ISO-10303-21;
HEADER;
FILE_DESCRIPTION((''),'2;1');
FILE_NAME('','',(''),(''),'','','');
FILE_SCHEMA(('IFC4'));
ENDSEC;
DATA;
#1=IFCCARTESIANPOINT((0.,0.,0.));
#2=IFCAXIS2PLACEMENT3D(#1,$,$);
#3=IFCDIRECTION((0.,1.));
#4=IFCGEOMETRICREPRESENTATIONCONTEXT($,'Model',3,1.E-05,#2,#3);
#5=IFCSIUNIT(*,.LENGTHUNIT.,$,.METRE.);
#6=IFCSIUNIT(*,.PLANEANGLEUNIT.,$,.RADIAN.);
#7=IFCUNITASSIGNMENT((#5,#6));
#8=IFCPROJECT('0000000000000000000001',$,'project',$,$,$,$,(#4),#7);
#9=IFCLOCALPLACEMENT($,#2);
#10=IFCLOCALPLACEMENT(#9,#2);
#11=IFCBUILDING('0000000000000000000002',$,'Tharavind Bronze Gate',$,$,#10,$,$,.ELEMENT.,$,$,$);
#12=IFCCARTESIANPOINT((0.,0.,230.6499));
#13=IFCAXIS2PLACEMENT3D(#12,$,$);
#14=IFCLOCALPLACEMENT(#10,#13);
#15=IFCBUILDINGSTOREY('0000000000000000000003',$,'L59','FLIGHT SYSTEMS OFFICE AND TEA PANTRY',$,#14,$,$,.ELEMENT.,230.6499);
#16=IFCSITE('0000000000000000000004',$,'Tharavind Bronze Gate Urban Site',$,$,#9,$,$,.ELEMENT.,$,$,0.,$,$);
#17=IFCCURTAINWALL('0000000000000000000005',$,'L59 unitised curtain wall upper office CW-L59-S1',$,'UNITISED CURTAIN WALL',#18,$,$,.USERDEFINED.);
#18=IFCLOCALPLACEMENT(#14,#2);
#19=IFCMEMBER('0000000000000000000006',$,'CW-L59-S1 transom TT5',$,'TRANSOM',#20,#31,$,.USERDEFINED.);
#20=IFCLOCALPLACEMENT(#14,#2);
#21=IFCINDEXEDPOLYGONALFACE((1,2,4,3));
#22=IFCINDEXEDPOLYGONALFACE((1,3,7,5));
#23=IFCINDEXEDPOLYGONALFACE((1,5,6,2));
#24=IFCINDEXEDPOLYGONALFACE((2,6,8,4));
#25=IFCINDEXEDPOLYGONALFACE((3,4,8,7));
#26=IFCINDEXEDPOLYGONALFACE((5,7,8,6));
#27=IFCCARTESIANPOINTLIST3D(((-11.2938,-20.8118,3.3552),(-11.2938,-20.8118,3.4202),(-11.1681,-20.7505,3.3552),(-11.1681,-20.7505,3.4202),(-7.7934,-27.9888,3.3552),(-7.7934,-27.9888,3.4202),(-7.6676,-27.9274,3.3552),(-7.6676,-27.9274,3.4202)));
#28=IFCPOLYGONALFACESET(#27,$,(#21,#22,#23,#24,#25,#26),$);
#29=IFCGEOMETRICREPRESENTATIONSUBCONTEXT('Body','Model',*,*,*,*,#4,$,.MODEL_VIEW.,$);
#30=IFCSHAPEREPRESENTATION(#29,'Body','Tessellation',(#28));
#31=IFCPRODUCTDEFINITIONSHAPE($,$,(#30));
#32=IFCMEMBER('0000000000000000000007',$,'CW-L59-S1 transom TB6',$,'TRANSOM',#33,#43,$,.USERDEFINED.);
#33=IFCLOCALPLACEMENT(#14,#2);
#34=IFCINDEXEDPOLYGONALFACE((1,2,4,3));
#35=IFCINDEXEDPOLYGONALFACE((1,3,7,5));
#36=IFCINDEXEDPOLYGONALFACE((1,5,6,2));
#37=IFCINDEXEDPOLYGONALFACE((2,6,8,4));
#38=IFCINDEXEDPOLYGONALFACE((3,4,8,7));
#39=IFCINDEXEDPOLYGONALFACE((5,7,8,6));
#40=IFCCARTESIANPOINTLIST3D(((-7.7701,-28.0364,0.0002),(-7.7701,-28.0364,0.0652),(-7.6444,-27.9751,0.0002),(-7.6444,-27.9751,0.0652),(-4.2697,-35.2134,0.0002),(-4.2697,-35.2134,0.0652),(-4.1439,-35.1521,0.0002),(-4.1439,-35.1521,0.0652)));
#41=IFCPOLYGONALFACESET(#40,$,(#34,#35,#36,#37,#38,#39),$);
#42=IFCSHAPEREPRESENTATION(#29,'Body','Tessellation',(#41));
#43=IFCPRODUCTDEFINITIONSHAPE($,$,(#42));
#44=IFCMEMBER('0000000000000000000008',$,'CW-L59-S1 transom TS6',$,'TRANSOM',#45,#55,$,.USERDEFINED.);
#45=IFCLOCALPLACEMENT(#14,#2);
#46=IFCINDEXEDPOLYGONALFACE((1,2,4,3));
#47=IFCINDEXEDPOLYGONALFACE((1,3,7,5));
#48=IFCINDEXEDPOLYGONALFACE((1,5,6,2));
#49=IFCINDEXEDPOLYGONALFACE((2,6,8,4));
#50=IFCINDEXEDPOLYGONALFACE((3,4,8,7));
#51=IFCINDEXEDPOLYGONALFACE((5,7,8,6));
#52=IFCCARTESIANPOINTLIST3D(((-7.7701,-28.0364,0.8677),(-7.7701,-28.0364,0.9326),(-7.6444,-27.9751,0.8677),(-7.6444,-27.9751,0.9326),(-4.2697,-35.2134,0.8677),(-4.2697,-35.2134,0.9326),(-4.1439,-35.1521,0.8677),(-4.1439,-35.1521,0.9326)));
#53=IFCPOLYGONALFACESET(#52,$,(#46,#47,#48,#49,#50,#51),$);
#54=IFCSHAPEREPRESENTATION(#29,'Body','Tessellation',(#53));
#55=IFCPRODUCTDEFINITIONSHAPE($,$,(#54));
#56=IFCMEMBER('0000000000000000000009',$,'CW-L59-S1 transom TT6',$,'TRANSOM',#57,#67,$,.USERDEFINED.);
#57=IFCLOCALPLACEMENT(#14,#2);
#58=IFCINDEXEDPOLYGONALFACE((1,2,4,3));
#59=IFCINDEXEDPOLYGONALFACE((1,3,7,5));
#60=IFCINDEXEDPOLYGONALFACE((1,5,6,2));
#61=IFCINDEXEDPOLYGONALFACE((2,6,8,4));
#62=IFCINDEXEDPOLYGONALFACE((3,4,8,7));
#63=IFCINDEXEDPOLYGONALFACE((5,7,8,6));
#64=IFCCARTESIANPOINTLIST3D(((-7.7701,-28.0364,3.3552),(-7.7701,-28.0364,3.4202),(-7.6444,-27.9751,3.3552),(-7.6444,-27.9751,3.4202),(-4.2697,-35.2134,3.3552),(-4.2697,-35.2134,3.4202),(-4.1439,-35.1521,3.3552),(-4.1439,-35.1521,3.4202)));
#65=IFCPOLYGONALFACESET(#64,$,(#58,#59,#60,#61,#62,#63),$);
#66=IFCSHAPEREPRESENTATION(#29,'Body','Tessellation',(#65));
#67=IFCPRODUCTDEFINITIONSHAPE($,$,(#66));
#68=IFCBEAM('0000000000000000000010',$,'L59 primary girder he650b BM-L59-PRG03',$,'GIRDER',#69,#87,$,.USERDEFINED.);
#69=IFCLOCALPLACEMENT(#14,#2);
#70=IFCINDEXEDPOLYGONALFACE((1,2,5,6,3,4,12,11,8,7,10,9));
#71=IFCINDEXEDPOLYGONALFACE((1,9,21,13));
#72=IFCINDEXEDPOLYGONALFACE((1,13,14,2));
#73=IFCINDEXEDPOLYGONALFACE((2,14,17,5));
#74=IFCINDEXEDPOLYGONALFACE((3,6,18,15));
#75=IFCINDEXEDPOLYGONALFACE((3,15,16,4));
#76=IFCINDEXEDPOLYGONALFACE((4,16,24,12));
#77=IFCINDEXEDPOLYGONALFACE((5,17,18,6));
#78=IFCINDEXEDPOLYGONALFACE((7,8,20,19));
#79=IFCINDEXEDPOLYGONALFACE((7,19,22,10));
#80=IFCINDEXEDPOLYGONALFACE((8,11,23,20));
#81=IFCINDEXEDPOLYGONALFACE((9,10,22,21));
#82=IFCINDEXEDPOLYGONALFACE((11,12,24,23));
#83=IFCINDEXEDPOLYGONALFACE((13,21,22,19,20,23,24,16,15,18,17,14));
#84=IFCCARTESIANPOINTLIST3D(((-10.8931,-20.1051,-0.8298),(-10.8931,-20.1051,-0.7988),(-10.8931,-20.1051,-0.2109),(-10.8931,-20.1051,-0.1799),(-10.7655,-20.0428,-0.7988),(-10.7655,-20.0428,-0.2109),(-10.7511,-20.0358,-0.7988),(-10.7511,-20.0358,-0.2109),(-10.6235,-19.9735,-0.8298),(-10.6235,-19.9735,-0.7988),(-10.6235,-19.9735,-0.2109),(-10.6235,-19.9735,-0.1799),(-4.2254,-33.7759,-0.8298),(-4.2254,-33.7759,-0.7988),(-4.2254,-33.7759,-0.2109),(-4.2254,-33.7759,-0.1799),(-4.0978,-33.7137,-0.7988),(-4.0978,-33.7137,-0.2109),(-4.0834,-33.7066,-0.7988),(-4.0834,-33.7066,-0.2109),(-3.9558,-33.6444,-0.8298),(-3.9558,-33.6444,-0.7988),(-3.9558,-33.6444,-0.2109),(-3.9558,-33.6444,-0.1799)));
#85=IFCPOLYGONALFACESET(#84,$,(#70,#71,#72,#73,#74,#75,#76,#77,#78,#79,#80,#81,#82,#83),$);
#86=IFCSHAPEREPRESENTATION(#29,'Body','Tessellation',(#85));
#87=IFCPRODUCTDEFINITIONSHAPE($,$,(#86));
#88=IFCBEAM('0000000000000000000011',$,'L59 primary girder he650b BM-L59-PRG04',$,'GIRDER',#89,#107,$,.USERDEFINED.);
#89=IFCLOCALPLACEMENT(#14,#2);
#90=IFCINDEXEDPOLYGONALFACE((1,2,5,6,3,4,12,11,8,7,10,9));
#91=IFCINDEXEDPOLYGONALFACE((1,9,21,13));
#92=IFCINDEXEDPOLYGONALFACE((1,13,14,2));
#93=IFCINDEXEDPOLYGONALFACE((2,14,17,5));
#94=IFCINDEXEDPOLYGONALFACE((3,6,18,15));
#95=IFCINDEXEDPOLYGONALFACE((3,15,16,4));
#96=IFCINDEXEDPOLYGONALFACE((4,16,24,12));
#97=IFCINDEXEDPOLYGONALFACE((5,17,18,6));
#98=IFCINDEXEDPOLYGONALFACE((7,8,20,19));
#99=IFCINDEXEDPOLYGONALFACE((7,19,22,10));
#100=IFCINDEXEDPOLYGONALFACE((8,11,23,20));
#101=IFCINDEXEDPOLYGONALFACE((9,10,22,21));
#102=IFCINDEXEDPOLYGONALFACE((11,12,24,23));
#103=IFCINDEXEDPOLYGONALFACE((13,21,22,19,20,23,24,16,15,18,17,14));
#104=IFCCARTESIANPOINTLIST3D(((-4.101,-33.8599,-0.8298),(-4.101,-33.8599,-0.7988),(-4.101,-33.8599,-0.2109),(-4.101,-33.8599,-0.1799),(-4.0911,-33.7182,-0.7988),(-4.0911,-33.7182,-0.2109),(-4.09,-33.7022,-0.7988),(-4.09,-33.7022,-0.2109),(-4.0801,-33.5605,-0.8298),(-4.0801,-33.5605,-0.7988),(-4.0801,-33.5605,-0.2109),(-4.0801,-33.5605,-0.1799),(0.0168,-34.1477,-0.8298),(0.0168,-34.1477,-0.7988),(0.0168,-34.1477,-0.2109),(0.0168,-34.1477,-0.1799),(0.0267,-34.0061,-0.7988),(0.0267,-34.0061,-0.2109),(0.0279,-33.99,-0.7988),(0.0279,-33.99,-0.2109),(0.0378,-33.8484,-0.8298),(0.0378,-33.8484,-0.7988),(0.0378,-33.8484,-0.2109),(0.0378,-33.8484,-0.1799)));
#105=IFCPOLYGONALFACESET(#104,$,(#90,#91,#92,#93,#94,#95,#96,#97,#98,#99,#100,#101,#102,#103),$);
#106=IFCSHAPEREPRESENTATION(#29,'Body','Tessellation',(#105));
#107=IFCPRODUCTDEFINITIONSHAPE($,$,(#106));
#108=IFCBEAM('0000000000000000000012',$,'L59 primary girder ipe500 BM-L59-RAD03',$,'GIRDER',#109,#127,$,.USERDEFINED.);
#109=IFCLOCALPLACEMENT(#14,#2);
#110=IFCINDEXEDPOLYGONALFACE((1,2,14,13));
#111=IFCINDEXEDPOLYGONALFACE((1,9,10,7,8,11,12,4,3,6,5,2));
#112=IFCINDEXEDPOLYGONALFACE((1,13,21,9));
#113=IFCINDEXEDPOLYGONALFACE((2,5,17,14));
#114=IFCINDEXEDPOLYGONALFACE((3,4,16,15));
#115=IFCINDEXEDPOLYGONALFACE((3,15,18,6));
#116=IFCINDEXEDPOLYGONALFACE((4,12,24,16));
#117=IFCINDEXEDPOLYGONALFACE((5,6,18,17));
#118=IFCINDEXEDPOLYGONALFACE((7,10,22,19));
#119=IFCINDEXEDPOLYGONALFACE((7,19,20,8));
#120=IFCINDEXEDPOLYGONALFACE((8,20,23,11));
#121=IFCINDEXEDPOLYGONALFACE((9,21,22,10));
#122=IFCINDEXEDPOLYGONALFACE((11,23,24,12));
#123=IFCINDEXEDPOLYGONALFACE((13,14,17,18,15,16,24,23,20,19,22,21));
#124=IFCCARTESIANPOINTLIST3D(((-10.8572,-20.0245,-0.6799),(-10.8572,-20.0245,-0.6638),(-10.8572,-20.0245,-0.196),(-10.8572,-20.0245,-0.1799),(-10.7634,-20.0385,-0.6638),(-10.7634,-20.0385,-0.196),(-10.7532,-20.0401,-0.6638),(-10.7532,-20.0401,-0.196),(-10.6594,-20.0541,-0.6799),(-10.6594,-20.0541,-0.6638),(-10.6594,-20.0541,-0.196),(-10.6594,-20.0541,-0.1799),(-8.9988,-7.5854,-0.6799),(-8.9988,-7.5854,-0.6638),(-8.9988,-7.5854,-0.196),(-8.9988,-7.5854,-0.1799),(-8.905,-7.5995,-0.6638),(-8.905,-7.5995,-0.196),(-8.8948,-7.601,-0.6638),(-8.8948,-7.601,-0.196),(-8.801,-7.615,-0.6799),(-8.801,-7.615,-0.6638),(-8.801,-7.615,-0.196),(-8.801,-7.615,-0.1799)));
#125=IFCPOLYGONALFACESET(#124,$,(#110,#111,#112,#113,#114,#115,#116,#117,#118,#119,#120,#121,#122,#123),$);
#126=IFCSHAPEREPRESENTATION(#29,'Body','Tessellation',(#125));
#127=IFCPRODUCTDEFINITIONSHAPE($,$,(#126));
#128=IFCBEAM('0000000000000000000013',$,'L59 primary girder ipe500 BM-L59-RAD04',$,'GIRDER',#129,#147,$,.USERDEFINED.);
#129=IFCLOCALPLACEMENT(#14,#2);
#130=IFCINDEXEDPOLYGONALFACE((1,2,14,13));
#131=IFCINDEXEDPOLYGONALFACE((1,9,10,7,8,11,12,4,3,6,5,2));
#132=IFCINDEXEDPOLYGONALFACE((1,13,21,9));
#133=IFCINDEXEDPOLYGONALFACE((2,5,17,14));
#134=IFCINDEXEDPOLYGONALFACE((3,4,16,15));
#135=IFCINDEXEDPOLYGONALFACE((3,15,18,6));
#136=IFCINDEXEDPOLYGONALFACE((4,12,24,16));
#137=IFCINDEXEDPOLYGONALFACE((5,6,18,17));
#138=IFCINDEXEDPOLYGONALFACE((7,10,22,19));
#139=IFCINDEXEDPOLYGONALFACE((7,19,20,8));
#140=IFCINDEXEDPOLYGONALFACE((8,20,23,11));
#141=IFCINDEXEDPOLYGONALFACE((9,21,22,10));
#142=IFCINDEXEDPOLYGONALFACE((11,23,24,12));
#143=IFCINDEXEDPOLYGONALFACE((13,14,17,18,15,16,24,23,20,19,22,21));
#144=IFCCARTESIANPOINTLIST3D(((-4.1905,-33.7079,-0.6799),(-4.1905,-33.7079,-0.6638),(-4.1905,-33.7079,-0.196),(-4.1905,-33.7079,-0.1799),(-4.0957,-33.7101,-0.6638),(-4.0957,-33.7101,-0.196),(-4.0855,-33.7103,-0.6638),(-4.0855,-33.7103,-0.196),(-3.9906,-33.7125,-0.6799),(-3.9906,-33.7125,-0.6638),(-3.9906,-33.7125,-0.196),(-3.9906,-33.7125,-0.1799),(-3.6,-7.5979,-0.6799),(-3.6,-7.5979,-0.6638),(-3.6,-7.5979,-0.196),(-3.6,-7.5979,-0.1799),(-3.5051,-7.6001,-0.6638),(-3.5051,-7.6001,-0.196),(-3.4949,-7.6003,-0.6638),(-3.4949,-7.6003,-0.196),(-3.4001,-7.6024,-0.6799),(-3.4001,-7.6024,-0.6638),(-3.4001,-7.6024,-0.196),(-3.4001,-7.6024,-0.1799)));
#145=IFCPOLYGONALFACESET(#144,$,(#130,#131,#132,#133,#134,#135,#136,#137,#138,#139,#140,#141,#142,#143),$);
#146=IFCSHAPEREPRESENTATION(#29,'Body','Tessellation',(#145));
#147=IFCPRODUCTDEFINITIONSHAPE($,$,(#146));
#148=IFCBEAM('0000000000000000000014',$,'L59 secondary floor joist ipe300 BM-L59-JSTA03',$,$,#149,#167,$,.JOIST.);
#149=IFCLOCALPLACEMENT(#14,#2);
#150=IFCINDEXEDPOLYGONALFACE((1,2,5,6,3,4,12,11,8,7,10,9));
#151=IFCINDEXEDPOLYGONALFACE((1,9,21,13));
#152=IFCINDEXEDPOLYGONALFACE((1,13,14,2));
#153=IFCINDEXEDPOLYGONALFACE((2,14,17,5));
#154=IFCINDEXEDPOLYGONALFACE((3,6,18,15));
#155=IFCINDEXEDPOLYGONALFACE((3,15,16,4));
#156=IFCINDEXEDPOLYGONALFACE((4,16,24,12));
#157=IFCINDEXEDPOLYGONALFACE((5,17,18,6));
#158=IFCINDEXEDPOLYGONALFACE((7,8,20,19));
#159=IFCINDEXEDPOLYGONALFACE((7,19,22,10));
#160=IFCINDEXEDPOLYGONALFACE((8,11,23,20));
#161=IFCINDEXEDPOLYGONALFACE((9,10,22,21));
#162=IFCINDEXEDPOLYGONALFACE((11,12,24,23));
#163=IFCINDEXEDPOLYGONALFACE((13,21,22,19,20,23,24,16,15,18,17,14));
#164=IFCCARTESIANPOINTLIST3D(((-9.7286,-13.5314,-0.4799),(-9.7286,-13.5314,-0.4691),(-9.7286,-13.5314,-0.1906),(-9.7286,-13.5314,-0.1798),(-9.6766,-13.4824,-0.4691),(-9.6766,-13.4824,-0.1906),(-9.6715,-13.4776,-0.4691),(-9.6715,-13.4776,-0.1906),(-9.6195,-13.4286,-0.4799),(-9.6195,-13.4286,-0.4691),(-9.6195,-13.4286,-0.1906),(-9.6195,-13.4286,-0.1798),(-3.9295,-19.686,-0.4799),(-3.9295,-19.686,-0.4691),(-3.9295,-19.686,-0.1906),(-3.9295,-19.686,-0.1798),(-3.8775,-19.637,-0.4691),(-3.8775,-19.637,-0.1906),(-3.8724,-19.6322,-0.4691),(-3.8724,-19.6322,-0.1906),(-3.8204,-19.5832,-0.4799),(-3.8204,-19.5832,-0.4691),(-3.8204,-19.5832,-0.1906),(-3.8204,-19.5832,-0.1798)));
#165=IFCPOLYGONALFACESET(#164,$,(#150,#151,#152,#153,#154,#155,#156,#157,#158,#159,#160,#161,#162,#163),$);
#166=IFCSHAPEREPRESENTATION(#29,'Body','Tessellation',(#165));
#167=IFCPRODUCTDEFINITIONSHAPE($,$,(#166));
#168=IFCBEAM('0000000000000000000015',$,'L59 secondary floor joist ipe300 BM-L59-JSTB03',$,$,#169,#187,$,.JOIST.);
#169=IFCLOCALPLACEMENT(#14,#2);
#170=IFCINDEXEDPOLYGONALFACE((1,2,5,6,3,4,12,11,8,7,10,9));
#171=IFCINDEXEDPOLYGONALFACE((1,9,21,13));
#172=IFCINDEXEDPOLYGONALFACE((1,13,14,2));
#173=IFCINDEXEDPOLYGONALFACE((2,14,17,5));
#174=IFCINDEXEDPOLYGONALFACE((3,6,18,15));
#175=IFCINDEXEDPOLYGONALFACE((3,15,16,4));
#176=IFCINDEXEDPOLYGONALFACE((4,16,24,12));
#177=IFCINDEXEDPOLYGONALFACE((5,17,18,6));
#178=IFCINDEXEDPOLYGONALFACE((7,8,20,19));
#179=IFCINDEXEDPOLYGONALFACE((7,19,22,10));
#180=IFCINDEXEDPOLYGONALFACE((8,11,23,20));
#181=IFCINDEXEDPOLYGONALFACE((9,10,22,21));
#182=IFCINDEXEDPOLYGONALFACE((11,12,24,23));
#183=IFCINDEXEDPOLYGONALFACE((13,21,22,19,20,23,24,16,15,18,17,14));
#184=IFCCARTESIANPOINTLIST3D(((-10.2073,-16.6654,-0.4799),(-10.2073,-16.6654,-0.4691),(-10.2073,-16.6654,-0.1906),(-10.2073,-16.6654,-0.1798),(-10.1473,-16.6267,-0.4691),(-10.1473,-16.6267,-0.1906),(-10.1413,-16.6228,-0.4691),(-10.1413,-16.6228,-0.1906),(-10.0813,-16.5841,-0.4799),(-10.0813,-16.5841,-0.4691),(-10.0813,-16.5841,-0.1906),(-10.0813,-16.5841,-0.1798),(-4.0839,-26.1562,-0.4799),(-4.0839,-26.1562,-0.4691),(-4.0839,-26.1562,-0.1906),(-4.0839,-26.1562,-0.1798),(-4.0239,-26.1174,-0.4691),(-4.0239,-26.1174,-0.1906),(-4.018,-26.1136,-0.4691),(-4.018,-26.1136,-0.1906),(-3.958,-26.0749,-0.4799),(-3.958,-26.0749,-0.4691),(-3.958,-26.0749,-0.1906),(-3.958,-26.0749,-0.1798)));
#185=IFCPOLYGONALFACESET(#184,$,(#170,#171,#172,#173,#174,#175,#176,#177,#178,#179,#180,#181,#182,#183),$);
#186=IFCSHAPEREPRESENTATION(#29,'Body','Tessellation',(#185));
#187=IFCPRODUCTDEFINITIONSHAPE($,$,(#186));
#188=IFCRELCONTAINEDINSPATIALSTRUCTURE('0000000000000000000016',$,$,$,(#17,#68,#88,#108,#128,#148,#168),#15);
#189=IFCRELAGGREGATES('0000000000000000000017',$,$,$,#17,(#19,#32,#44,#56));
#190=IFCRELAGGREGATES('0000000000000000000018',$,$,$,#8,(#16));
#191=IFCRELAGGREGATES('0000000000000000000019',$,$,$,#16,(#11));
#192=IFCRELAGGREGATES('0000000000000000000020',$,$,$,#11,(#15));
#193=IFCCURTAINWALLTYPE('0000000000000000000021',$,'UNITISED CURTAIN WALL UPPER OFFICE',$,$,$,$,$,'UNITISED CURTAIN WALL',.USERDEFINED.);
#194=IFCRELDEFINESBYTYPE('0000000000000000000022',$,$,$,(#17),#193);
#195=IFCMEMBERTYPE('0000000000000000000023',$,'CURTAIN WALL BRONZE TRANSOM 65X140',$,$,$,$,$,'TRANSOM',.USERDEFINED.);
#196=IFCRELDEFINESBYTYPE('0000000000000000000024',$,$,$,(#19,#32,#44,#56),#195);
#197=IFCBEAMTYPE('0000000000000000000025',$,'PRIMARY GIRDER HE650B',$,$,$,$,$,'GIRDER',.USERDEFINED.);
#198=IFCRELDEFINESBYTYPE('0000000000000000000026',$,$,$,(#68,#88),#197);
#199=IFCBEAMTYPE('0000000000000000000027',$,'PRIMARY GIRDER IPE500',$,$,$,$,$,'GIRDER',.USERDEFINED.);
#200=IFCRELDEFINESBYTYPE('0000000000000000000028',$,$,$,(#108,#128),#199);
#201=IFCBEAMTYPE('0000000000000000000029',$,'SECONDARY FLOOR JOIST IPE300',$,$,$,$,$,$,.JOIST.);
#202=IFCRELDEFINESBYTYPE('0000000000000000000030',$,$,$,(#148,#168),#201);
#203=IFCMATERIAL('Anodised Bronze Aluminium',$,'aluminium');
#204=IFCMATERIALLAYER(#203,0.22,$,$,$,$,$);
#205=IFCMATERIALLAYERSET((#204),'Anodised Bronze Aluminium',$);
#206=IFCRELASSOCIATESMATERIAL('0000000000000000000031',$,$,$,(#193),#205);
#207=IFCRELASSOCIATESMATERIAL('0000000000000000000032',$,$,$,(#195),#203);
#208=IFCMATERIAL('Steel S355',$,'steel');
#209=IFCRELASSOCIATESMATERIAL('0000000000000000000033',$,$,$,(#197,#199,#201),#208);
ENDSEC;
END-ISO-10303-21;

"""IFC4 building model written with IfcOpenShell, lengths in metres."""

from ifc_helpers import new_model, si_unit, direction, frame, origin, origin_2d, place, context, subcontext, project, spatial, rectangle, i_section, extrude, material, layer, layer_set, material_profile, profile_set, type_object, element, aggregate, save


model = new_model("IFC4")

# Units and contexts
model_context = context("Model", 3, precision=1e-05, world=origin(), true_north=direction((0.0, 1.0)))
body_context = subcontext(model_context, "Body", "Model", "MODEL_VIEW")
ifc_project = project(units=[si_unit("LENGTHUNIT", "METRE"), si_unit("PLANEANGLEUNIT", "RADIAN")], contexts=[model_context])

# Site, building, storey
site_placement = place(None, origin())
site = spatial("IfcSite", under=ifc_project, at=site_placement, Name="Tharavind Bronze Gate Urban Site", CompositionType="ELEMENT", RefElevation=0.0)
building_placement = place(site_placement, origin())
building = spatial("IfcBuilding", under=site, at=building_placement, Name="Tharavind Bronze Gate", CompositionType="ELEMENT")
storey_placement = place(building_placement, frame((0.0, 0.0, 230.6499)))
storey = spatial("IfcBuildingStorey", under=building, at=storey_placement, Name="L59", Description="FLIGHT SYSTEMS OFFICE AND TEA PANTRY", CompositionType="ELEMENT", Elevation=230.6499)

# Curtain wall
ifc_material_1 = material(Name="Anodised Bronze Aluminium", Category="aluminium")
ifc_layer_1 = layer(ifc_material_1, 0.22)
ifc_layer_set_1 = layer_set([ifc_layer_1], Name="Anodised Bronze Aluminium")
curtain_wall_type = type_object("IfcCurtainWallType", Name="UNITISED CURTAIN WALL UPPER OFFICE", ElementType="UNITISED CURTAIN WALL", PredefinedType="USERDEFINED", material=ifc_layer_set_1)
curtain_wall_1_placement = place(storey_placement, origin())
curtain_wall_1 = element("IfcCurtainWall", 1, at=curtain_wall_1_placement, inside=storey, type_object=curtain_wall_type, Name="L59 unitised curtain wall upper office CW-L59-S1", ObjectType="UNITISED CURTAIN WALL", PredefinedType="USERDEFINED")

# Members
member_type_1 = type_object("IfcMemberType", Name="CURTAIN WALL BRONZE TRANSOM 65X140", ElementType="TRANSOM", PredefinedType="USERDEFINED", material=ifc_material_1)
member_1_placement = place(storey_placement, frame((-9.4807, -24.3696, 3.3552), z_axis=(0.0, 0.0, 1.0), x_axis=(0.438371, -0.898794, 0.0)))
member_1 = element("IfcMember", 2, at=member_1_placement, type_object=member_type_1, Name="CW-L59-S1 transom TT5", ObjectType="TRANSOM", PredefinedType="USERDEFINED", context=body_context, shape_type="SweptSolid", body=[
    extrude(rectangle(XDim=7.9851, YDim=0.1399, at=origin_2d()), origin(), (0.0, 0.0, 1.0), 0.0649),
])
member_2_placement = place(storey_placement, frame((-5.957, -31.5942, 0.0002), z_axis=(0.0, 0.0, 1.0), x_axis=(0.438371, -0.898794, 0.0)))
member_2 = element("IfcMember", 3, at=member_2_placement, type_object=member_type_1, Name="CW-L59-S1 transom TB6", ObjectType="TRANSOM", PredefinedType="USERDEFINED", context=body_context, shape_type="SweptSolid", body=[
    extrude(rectangle(XDim=7.9851, YDim=0.1399, at=origin_2d()), origin(), (0.0, 0.0, 1.0), 0.0649),
])
member_3_placement = place(storey_placement, frame((-5.957, -31.5942, 0.8677), z_axis=(0.0, 0.0, 1.0), x_axis=(0.438371, -0.898794, 0.0)))
member_3 = element("IfcMember", 4, at=member_3_placement, type_object=member_type_1, Name="CW-L59-S1 transom TS6", ObjectType="TRANSOM", PredefinedType="USERDEFINED", context=body_context, shape_type="SweptSolid", body=[
    extrude(rectangle(XDim=7.9851, YDim=0.1399, at=origin_2d()), origin(), (0.0, 0.0, 1.0), 0.0649),
])
member_4_placement = place(storey_placement, frame((-5.957, -31.5942, 3.3552), z_axis=(0.0, 0.0, 1.0), x_axis=(0.438371, -0.898794, 0.0)))
member_4 = element("IfcMember", 5, at=member_4_placement, type_object=member_type_1, Name="CW-L59-S1 transom TT6", ObjectType="TRANSOM", PredefinedType="USERDEFINED", context=body_context, shape_type="SweptSolid", body=[
    extrude(rectangle(XDim=7.9851, YDim=0.1399, at=origin_2d()), origin(), (0.0, 0.0, 1.0), 0.0649),
])

# Beams
ifc_material_2 = material(Name="Steel S355", Category="steel")
ifc_material_profile_1 = material_profile(ifc_material_2, i_section(OverallWidth=0.3, OverallDepth=0.6499, WebThickness=0.0161, FlangeThickness=0.031, at=origin_2d()), Name="HE650B")
ifc_profile_set_1 = profile_set([ifc_material_profile_1], Name="Steel S355")
beam_type_1 = type_object("IfcBeamType", Name="PRIMARY GIRDER HE650B", ElementType="GIRDER", PredefinedType="USERDEFINED", material=ifc_profile_set_1)
beam_1_placement = place(storey_placement, frame((-10.7583, -20.0393, -0.5049), z_axis=(0.43837, -0.898795, 0.0), x_axis=(0.898795, 0.43837, 0.0)))
element("IfcBeam", 6, at=beam_1_placement, inside=storey, type_object=beam_type_1, Name="L59 primary girder he650b BM-L59-PRG03", ObjectType="GIRDER", PredefinedType="USERDEFINED", context=body_context, shape_type="SweptSolid", body=[
    extrude(i_section(OverallWidth=0.3, OverallDepth=0.6499, WebThickness=0.0161, FlangeThickness=0.031, at=origin_2d()), origin(), (0.0, 0.0, 1.0), 15.2102),
])
beam_2_placement = place(storey_placement, frame((-4.0906, -33.7102, -0.5049), z_axis=(0.997566, -0.06973, 0.0), x_axis=(0.06973, 0.997566, 0.0)))
element("IfcBeam", 7, at=beam_2_placement, inside=storey, type_object=beam_type_1, Name="L59 primary girder he650b BM-L59-PRG04", ObjectType="GIRDER", PredefinedType="USERDEFINED", context=body_context, shape_type="SweptSolid", body=[
    extrude(i_section(OverallWidth=0.3, OverallDepth=0.6499, WebThickness=0.0161, FlangeThickness=0.031, at=origin_2d()), origin(), (0.0, 0.0, 1.0), 4.1279),
])
ifc_material_profile_2 = material_profile(ifc_material_2, i_section(OverallWidth=0.2, OverallDepth=0.5, WebThickness=0.0103, FlangeThickness=0.0161, at=origin_2d()), Name="IPE500")
ifc_profile_set_2 = profile_set([ifc_material_profile_2], Name="Steel S355")
beam_type_2 = type_object("IfcBeamType", Name="PRIMARY GIRDER IPE500", ElementType="GIRDER", PredefinedType="USERDEFINED", material=ifc_profile_set_2)
beam_3_placement = place(storey_placement, frame((-10.7583, -20.0393, -0.4299), z_axis=(0.147759, 0.989023, 0.0), x_axis=(-0.989023, 0.147759, 0.0)))
element("IfcBeam", 8, at=beam_3_placement, inside=storey, type_object=beam_type_2, Name="L59 primary girder ipe500 BM-L59-RAD03", ObjectType="GIRDER", PredefinedType="USERDEFINED", context=body_context, shape_type="SweptSolid", body=[
    extrude(i_section(OverallWidth=0.2, OverallDepth=0.5, WebThickness=0.0103, FlangeThickness=0.0161, at=origin_2d()), origin(), (0.0, 0.0, 1.0), 12.5771),
])
beam_4_placement = place(storey_placement, frame((-4.0906, -33.7102, -0.4299), z_axis=(0.022613, 0.999744, 0.0), x_axis=(-0.999744, 0.022613, 0.0)))
element("IfcBeam", 9, at=beam_4_placement, inside=storey, type_object=beam_type_2, Name="L59 primary girder ipe500 BM-L59-RAD04", ObjectType="GIRDER", PredefinedType="USERDEFINED", context=body_context, shape_type="SweptSolid", body=[
    extrude(i_section(OverallWidth=0.2, OverallDepth=0.5, WebThickness=0.0103, FlangeThickness=0.0161, at=origin_2d()), origin(), (0.0, 0.0, 1.0), 26.1167),
])
ifc_material_profile_3 = material_profile(ifc_material_2, i_section(OverallWidth=0.1499, OverallDepth=0.3, WebThickness=0.0071, FlangeThickness=0.0107, at=origin_2d()), Name="IPE300")
ifc_profile_set_3 = profile_set([ifc_material_profile_3], Name="Steel S355")
beam_type_3 = type_object("IfcBeamType", Name="SECONDARY FLOOR JOIST IPE300", PredefinedType="JOIST", material=ifc_profile_set_3)
beam_5_placement = place(storey_placement, frame((-9.6741, -13.48, -0.3298), z_axis=(0.685776, -0.727813, 0.0), x_axis=(0.727813, 0.685776, 0.0)))
element("IfcBeam", 10, at=beam_5_placement, inside=storey, type_object=beam_type_3, Name="L59 secondary floor joist ipe300 BM-L59-JSTA03", PredefinedType="JOIST", context=body_context, shape_type="SweptSolid", body=[
    extrude(i_section(OverallWidth=0.1499, OverallDepth=0.3, WebThickness=0.0071, FlangeThickness=0.0107, at=origin_2d()), origin(), (0.0, 0.0, 1.0), 8.4563),
])
beam_6_placement = place(storey_placement, frame((-10.1443, -16.6248, -0.3298), z_axis=(0.542142, -0.840287, 0.0), x_axis=(0.840287, 0.542142, 0.0)))
element("IfcBeam", 11, at=beam_6_placement, inside=storey, type_object=beam_type_3, Name="L59 secondary floor joist ipe300 BM-L59-JSTB03", PredefinedType="JOIST", context=body_context, shape_type="SweptSolid", body=[
    extrude(i_section(OverallWidth=0.1499, OverallDepth=0.3, WebThickness=0.0071, FlangeThickness=0.0107, at=origin_2d()), origin(), (0.0, 0.0, 1.0), 11.2947),
])

aggregate(curtain_wall_1, [member_1, member_2, member_3, member_4])

save(model, "model.ifc")
